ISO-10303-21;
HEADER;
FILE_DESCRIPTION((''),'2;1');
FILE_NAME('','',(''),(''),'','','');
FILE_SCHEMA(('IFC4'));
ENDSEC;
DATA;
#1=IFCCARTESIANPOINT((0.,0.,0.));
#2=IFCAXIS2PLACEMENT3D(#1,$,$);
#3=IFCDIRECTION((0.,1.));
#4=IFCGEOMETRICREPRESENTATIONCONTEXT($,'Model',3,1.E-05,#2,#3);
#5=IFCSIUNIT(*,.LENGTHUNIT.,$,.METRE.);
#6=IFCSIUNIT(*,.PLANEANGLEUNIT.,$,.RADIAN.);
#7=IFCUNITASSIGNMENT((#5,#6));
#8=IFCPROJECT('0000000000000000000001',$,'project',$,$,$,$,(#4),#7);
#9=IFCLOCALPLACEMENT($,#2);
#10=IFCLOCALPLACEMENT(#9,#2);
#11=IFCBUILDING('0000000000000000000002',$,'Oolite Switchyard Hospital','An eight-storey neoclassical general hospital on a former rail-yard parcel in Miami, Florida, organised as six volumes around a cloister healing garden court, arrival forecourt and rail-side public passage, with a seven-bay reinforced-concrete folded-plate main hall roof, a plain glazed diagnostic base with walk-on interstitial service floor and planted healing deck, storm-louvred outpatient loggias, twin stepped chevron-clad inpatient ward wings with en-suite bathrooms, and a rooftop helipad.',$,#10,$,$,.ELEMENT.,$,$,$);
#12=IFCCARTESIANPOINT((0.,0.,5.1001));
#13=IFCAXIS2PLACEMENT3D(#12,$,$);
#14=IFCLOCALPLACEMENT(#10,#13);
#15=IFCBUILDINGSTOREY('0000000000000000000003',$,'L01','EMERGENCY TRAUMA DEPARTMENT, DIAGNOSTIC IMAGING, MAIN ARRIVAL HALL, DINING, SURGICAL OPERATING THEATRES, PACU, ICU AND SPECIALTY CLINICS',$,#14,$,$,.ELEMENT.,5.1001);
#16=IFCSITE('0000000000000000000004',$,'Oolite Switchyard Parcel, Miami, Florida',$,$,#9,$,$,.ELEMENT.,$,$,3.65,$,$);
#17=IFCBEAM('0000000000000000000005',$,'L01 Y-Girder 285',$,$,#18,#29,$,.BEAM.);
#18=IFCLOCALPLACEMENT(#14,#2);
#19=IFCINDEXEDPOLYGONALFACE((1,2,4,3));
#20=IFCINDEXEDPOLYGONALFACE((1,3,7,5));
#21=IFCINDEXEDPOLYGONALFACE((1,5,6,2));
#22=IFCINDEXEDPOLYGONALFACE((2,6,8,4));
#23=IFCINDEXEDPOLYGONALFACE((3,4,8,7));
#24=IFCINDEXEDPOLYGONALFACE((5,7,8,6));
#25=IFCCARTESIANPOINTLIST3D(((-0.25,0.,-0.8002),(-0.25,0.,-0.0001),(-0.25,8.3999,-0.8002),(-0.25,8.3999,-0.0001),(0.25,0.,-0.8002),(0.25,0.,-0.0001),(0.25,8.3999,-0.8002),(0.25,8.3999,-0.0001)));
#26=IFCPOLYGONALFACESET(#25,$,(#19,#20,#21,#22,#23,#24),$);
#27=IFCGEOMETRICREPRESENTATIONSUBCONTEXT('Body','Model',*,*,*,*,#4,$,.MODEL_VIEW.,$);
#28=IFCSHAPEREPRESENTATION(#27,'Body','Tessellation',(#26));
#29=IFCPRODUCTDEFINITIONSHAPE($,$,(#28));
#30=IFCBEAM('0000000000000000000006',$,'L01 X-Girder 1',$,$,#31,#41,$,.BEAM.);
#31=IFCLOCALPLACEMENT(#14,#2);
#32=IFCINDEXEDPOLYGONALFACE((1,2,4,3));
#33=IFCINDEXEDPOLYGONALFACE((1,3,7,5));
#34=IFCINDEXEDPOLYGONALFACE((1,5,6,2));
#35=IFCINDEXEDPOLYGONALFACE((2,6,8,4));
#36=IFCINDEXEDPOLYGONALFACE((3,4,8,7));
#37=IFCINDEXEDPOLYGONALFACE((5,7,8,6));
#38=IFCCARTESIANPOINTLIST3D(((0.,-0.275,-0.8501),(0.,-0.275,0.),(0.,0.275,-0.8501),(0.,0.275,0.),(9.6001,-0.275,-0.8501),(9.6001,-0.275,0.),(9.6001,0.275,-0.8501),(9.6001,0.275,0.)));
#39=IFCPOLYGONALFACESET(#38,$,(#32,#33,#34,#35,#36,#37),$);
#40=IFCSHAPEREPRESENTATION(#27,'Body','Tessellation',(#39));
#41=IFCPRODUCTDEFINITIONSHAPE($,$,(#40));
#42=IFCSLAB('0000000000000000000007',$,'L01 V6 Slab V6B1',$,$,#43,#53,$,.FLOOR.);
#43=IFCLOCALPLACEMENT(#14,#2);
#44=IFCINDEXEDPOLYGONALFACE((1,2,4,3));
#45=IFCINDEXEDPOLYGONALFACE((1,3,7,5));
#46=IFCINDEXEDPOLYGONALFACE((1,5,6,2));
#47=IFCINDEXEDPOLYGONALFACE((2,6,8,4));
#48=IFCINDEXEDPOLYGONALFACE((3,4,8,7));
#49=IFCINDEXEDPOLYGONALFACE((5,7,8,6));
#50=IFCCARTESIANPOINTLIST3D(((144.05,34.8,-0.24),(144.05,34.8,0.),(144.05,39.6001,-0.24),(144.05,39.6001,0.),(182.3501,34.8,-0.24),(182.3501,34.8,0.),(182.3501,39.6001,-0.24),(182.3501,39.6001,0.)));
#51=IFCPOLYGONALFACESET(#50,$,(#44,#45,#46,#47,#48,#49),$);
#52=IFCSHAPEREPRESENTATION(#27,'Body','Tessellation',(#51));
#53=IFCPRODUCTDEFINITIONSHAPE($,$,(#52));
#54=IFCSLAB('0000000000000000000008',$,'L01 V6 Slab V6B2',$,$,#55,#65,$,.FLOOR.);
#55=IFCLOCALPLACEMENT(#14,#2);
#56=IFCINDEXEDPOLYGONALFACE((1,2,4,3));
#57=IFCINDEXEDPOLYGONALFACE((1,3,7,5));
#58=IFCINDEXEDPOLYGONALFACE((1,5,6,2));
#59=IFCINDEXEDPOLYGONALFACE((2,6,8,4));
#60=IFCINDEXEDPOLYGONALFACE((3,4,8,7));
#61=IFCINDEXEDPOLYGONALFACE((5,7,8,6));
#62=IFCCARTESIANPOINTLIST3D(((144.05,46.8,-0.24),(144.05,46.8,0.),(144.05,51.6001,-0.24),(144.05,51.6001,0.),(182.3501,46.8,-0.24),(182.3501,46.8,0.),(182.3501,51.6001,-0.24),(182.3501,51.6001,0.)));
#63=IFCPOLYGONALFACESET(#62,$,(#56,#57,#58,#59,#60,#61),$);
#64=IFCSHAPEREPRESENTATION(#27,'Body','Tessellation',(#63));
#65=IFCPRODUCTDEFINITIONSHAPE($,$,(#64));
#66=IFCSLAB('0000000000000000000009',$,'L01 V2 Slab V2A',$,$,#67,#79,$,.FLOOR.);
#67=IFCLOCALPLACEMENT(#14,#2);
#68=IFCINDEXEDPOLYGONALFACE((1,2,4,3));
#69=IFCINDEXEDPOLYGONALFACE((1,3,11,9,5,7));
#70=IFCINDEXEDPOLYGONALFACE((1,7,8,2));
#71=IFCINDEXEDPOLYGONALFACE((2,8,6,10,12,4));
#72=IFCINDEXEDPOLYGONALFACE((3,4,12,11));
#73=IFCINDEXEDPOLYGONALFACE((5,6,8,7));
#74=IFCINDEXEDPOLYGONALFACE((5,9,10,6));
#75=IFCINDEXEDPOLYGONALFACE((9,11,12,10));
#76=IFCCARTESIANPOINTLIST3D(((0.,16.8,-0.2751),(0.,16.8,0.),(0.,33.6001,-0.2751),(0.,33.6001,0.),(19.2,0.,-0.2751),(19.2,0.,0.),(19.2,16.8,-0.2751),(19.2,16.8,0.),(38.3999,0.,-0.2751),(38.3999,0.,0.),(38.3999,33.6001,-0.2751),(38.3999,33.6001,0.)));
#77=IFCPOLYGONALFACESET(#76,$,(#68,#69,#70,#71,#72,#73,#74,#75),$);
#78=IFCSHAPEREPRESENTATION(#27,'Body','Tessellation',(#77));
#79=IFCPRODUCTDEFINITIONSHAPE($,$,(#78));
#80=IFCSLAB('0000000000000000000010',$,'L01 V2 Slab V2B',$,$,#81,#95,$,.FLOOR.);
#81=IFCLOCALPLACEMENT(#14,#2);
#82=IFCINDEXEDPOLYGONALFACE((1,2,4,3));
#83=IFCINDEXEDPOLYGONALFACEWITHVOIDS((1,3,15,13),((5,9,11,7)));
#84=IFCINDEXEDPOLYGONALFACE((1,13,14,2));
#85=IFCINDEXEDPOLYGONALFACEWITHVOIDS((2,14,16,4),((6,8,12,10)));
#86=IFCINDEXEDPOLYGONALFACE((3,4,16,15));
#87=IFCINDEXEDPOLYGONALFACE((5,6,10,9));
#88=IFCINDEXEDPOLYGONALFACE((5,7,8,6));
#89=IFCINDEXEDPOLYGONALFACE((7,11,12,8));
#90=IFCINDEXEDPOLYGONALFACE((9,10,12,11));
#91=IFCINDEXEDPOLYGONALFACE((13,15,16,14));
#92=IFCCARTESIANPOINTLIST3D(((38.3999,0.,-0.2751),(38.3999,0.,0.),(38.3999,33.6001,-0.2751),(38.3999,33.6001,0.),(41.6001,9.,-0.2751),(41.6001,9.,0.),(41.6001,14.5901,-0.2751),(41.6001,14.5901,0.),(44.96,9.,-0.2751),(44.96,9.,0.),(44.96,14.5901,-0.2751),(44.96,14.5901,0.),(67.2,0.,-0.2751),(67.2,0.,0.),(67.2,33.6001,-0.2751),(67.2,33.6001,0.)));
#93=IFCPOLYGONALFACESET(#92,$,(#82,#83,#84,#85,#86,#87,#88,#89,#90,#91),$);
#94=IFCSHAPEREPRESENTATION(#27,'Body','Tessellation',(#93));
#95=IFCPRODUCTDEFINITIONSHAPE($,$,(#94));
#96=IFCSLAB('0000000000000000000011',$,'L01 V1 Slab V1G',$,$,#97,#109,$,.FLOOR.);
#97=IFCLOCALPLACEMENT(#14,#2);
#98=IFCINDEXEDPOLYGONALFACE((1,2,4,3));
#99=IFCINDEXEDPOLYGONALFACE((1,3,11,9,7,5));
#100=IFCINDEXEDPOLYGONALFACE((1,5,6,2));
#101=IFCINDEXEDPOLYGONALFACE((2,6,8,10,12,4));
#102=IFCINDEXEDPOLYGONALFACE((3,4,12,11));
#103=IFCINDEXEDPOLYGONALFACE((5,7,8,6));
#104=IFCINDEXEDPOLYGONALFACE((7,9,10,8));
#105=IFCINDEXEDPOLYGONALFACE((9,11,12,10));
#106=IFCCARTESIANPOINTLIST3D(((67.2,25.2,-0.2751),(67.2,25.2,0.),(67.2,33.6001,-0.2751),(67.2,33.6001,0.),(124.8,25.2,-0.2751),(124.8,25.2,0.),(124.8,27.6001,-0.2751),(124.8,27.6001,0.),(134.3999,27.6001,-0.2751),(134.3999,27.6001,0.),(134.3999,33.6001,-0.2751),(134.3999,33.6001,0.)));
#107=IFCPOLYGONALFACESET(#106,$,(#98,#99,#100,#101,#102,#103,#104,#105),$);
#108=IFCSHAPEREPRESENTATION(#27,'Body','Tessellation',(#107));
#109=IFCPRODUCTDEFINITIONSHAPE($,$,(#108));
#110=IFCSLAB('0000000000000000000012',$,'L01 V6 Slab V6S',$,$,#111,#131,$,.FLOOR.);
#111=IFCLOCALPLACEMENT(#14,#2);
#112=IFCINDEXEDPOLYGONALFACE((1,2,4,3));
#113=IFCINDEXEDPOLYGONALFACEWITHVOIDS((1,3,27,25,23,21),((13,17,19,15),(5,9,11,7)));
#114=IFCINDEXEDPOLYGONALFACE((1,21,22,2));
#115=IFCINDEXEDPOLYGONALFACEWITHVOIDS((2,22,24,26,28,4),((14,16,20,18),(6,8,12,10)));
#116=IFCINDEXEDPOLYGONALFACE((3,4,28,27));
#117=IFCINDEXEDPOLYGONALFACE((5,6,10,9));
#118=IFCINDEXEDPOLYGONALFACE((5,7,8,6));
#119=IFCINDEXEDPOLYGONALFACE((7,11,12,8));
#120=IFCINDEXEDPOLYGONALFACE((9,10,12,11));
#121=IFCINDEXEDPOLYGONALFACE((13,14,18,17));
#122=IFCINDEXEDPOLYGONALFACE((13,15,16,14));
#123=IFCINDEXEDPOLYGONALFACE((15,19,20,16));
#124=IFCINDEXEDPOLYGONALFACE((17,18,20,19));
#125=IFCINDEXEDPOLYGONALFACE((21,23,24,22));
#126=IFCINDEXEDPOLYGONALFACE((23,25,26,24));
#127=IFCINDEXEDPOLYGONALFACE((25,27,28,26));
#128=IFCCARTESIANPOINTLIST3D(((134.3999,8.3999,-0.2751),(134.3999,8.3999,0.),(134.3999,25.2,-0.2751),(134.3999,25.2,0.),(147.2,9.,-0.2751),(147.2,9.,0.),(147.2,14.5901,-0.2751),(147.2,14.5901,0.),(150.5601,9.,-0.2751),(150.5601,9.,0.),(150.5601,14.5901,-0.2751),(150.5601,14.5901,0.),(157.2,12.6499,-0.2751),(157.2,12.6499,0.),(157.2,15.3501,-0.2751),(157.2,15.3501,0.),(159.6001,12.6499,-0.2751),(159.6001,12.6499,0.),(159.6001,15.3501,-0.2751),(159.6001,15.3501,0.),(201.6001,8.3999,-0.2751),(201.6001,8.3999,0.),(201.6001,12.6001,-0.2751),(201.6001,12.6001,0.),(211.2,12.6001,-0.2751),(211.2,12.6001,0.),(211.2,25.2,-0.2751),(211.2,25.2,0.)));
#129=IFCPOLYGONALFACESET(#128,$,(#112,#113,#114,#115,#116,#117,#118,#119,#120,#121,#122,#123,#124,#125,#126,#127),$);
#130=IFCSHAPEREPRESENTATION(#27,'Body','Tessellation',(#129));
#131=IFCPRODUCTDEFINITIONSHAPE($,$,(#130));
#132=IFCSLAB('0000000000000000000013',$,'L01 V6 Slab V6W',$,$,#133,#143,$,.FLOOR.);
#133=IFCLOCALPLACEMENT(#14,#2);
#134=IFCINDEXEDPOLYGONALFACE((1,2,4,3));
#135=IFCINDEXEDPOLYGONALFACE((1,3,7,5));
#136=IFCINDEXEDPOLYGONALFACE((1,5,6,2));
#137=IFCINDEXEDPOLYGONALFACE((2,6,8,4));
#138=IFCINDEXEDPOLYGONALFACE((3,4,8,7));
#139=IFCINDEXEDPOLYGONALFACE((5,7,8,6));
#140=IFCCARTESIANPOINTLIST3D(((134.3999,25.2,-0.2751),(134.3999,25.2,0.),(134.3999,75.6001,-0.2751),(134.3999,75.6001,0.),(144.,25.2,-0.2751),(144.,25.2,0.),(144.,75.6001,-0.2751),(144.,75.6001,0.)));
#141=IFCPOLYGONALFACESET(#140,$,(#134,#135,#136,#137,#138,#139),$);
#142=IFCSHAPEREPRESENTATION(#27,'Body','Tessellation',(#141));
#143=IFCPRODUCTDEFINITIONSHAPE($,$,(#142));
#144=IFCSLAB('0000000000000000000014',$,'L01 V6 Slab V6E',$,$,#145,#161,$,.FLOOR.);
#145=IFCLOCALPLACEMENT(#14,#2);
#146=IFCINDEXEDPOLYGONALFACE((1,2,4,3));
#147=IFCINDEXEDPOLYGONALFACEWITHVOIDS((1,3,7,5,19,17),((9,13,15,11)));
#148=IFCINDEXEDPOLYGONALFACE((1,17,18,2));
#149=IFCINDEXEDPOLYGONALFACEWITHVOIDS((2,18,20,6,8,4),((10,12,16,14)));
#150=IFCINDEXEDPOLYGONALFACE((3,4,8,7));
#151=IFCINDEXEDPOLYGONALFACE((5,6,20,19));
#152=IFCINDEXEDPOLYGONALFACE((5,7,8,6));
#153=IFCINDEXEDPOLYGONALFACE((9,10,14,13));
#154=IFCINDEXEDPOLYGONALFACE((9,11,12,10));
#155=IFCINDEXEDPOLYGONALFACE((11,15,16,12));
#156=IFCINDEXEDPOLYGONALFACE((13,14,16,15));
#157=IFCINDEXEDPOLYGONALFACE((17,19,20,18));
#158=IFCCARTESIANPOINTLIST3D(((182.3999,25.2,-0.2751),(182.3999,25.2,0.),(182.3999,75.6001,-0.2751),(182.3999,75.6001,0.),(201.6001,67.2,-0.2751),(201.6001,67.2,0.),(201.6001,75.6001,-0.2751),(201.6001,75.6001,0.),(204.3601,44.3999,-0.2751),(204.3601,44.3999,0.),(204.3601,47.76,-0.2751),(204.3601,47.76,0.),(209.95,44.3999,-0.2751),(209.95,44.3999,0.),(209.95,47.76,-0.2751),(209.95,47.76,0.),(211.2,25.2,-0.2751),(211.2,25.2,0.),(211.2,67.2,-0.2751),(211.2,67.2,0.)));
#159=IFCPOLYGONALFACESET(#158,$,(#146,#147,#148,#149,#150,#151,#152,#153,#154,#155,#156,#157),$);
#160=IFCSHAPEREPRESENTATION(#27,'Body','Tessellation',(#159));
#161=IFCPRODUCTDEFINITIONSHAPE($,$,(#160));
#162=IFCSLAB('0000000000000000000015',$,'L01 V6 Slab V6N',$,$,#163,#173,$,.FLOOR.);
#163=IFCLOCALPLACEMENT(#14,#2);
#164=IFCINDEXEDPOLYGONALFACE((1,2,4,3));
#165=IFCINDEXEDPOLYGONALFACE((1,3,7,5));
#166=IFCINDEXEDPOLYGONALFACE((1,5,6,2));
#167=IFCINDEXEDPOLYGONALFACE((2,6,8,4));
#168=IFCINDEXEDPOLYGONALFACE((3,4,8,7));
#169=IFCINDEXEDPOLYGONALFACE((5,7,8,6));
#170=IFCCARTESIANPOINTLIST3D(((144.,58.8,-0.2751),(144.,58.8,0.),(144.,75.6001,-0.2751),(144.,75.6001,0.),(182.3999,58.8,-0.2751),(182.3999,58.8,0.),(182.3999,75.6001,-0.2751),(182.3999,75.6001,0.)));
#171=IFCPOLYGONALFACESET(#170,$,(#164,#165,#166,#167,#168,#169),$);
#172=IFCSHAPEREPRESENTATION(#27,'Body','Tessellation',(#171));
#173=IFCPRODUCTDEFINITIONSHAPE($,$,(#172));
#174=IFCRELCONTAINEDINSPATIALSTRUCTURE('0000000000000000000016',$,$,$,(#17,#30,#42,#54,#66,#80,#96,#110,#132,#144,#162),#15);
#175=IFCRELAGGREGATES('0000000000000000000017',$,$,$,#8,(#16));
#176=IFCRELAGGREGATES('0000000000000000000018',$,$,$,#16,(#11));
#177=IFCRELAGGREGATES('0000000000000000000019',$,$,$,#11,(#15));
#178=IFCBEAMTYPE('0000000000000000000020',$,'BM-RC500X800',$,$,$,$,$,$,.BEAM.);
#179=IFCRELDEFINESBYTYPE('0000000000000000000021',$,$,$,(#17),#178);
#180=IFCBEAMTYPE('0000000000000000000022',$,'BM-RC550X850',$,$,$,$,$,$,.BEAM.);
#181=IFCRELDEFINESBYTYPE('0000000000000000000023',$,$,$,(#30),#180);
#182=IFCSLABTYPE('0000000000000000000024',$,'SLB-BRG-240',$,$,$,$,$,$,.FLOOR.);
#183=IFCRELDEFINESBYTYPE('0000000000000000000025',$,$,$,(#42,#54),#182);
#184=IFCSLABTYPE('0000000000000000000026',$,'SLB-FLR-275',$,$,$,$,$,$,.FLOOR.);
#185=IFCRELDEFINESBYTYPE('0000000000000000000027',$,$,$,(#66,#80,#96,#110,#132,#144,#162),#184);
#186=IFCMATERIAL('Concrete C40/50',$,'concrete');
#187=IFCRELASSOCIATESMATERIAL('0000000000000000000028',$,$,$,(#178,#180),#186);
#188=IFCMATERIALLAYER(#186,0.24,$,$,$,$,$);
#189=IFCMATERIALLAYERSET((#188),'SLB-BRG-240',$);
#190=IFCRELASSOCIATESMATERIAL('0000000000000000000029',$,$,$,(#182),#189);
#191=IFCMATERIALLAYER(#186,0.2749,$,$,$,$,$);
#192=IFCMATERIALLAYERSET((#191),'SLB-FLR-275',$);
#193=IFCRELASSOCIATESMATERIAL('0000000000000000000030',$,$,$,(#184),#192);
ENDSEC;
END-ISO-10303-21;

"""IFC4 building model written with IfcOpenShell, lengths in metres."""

from ifc_helpers import new_model, si_unit, direction, frame, origin, origin_2d, place, context, subcontext, project, spatial, polyline, rectangle, outline, extrude, material, layer, layer_set, material_profile, profile_set, type_object, element, save


model = new_model("IFC4")

# Units and contexts
model_context = context("Model", 3, precision=1e-05, world=origin(), true_north=direction((0.0, 1.0)))
body_context = subcontext(model_context, "Body", "Model", "MODEL_VIEW")
ifc_project = project(units=[si_unit("LENGTHUNIT", "METRE"), si_unit("PLANEANGLEUNIT", "RADIAN")], contexts=[model_context])

# Site, building, storey
site_placement = place(None, origin())
site = spatial("IfcSite", under=ifc_project, at=site_placement, Name="Oolite Switchyard Parcel, Miami, Florida", CompositionType="ELEMENT", RefElevation=3.65)
building_placement = place(site_placement, origin())
building = spatial("IfcBuilding", under=site, at=building_placement, Name="Oolite Switchyard Hospital", Description="An eight-storey neoclassical general hospital on a former rail-yard parcel in Miami, Florida, organised as six volumes around a cloister healing garden court, arrival forecourt and rail-side public passage, with a seven-bay reinforced-concrete folded-plate main hall roof, a plain glazed diagnostic base with walk-on interstitial service floor and planted healing deck, storm-louvred outpatient loggias, twin stepped chevron-clad inpatient ward wings with en-suite bathrooms, and a rooftop helipad.", CompositionType="ELEMENT")
storey_placement = place(building_placement, frame((0.0, 0.0, 5.1001)))
storey = spatial("IfcBuildingStorey", under=building, at=storey_placement, Name="L01", Description="EMERGENCY TRAUMA DEPARTMENT, DIAGNOSTIC IMAGING, MAIN ARRIVAL HALL, DINING, SURGICAL OPERATING THEATRES, PACU, ICU AND SPECIALTY CLINICS", CompositionType="ELEMENT", Elevation=5.1001)

# Beams
ifc_material_1 = material(Name="Concrete C40/50", Category="concrete")
ifc_material_profile_1 = material_profile(ifc_material_1, rectangle(XDim=0.5, YDim=0.8, at=origin_2d()), Name="RCB500X800")
ifc_profile_set_1 = profile_set([ifc_material_profile_1], Name="Concrete C40/50")
beam_type_1 = type_object("IfcBeamType", Name="BM-RC500X800", PredefinedType="BEAM", material=ifc_profile_set_1)
beam_1_placement = place(storey_placement, frame((0.0, 0.0, -0.4001), z_axis=(0.0, 1.0, 0.0), x_axis=(-1.0, 0.0, 0.0)))
element("IfcBeam", 1, at=beam_1_placement, inside=storey, type_object=beam_type_1, Name="L01 Y-Girder 285", PredefinedType="BEAM", context=body_context, shape_type="SweptSolid", body=[
    extrude(rectangle(XDim=0.5, YDim=0.8, at=origin_2d()), origin(), (0.0, 0.0, 1.0), 8.3999),
])
ifc_material_profile_2 = material_profile(ifc_material_1, rectangle(XDim=0.55, YDim=0.8501, at=origin_2d()), Name="RCB550X850")
ifc_profile_set_2 = profile_set([ifc_material_profile_2], Name="Concrete C40/50")
beam_type_2 = type_object("IfcBeamType", Name="BM-RC550X850", PredefinedType="BEAM", material=ifc_profile_set_2)
beam_2_placement = place(storey_placement, frame((0.0, 0.0, -0.425), z_axis=(1.0, 0.0, 0.0), x_axis=(0.0, 1.0, 0.0)))
element("IfcBeam", 2, at=beam_2_placement, inside=storey, type_object=beam_type_2, Name="L01 X-Girder 1", PredefinedType="BEAM", context=body_context, shape_type="SweptSolid", body=[
    extrude(rectangle(XDim=0.55, YDim=0.8501, at=origin_2d()), origin(), (0.0, 0.0, 1.0), 9.6001),
])

# Slabs
ifc_layer_1 = layer(ifc_material_1, 0.24)
ifc_layer_set_1 = layer_set([ifc_layer_1], Name="SLB-BRG-240")
slab_type_1 = type_object("IfcSlabType", Name="SLB-BRG-240", PredefinedType="FLOOR", material=ifc_layer_set_1)
slab_1_placement = place(storey_placement, frame((0.0, 0.0, -0.24)))
element("IfcSlab", 3, at=slab_1_placement, inside=storey, type_object=slab_type_1, Name="L01 V6 Slab V6B1", PredefinedType="FLOOR", context=body_context, shape_type="SweptSolid", body=[
    extrude(outline(polyline([(144.05, 34.8), (182.3501, 34.8), (182.3501, 39.6001), (144.05, 39.6001), (144.05, 34.8)])), origin(), (0.0, 0.0, 1.0), 0.24),
])
slab_2_placement = place(storey_placement, frame((0.0, 0.0, -0.24)))
element("IfcSlab", 4, at=slab_2_placement, inside=storey, type_object=slab_type_1, Name="L01 V6 Slab V6B2", PredefinedType="FLOOR", context=body_context, shape_type="SweptSolid", body=[
    extrude(outline(polyline([(144.05, 46.8), (182.3501, 46.8), (182.3501, 51.6001), (144.05, 51.6001), (144.05, 46.8)])), origin(), (0.0, 0.0, 1.0), 0.24),
])
ifc_layer_2 = layer(ifc_material_1, 0.2749)
ifc_layer_set_2 = layer_set([ifc_layer_2], Name="SLB-FLR-275")
slab_type_2 = type_object("IfcSlabType", Name="SLB-FLR-275", PredefinedType="FLOOR", material=ifc_layer_set_2)
slab_3_placement = place(storey_placement, frame((0.0, 0.0, -0.2751)))
element("IfcSlab", 5, at=slab_3_placement, inside=storey, type_object=slab_type_2, Name="L01 V2 Slab V2A", PredefinedType="FLOOR", context=body_context, shape_type="SweptSolid", body=[
    extrude(outline(polyline([(19.2, 0.0), (38.3999, 0.0), (38.3999, 33.6001), (0.0, 33.6001), (0.0, 16.8), (19.2, 16.8), (19.2, 0.0)])), origin(), (0.0, 0.0, 1.0), 0.2751),
])
slab_4_placement = place(storey_placement, frame((0.0, 0.0, -0.2751)))
element("IfcSlab", 6, at=slab_4_placement, inside=storey, type_object=slab_type_2, Name="L01 V2 Slab V2B", PredefinedType="FLOOR", context=body_context, shape_type="SweptSolid", body=[
    extrude(outline(polyline([(38.3999, 0.0), (67.2, 0.0), (67.2, 33.6001), (38.3999, 33.6001), (38.3999, 0.0)]), holes=[polyline([(41.6001, 14.5901), (41.6001, 9.0), (44.96, 9.0), (44.96, 14.5901), (41.6001, 14.5901)])]), origin(), (0.0, 0.0, 1.0), 0.2751),
])
slab_5_placement = place(storey_placement, frame((0.0, 0.0, -0.2751)))
element("IfcSlab", 7, at=slab_5_placement, inside=storey, type_object=slab_type_2, Name="L01 V1 Slab V1G", PredefinedType="FLOOR", context=body_context, shape_type="SweptSolid", body=[
    extrude(outline(polyline([(67.2, 25.2), (124.8, 25.2), (124.8, 27.6001), (134.3999, 27.6001), (134.3999, 33.6001), (67.2, 33.6001), (67.2, 25.2)])), origin(), (0.0, 0.0, 1.0), 0.2751),
])
slab_6_placement = place(storey_placement, frame((0.0, 0.0, -0.2751)))
element("IfcSlab", 8, at=slab_6_placement, inside=storey, type_object=slab_type_2, Name="L01 V6 Slab V6S", PredefinedType="FLOOR", context=body_context, shape_type="SweptSolid", body=[
    extrude(outline(polyline([(134.3999, 8.3999), (201.6001, 8.3999), (201.6001, 12.6001), (211.2, 12.6001), (211.2, 25.2), (134.3999, 25.2), (134.3999, 8.3999)]), holes=[polyline([(147.2, 14.5901), (147.2, 9.0), (150.5601, 9.0), (150.5601, 14.5901), (147.2, 14.5901)]), polyline([(157.2, 12.6499), (159.6001, 12.6499), (159.6001, 15.3501), (157.2, 15.3501), (157.2, 12.6499)])]), origin(), (0.0, 0.0, 1.0), 0.2751),
])
slab_7_placement = place(storey_placement, frame((0.0, 0.0, -0.2751)))
element("IfcSlab", 9, at=slab_7_placement, inside=storey, type_object=slab_type_2, Name="L01 V6 Slab V6W", PredefinedType="FLOOR", context=body_context, shape_type="SweptSolid", body=[
    extrude(outline(polyline([(134.3999, 25.2), (144.0, 25.2), (144.0, 75.6001), (134.3999, 75.6001), (134.3999, 25.2)])), origin(), (0.0, 0.0, 1.0), 0.2751),
])
slab_8_placement = place(storey_placement, frame((0.0, 0.0, -0.2751)))
element("IfcSlab", 10, at=slab_8_placement, inside=storey, type_object=slab_type_2, Name="L01 V6 Slab V6E", PredefinedType="FLOOR", context=body_context, shape_type="SweptSolid", body=[
    extrude(outline(polyline([(182.3999, 25.2), (211.2, 25.2), (211.2, 67.2), (201.6001, 67.2), (201.6001, 75.6001), (182.3999, 75.6001), (182.3999, 25.2)]), holes=[polyline([(204.3601, 44.3999), (209.95, 44.3999), (209.95, 47.76), (204.3601, 47.76), (204.3601, 44.3999)])]), origin(), (0.0, 0.0, 1.0), 0.2751),
])
slab_9_placement = place(storey_placement, frame((0.0, 0.0, -0.2751)))
element("IfcSlab", 11, at=slab_9_placement, inside=storey, type_object=slab_type_2, Name="L01 V6 Slab V6N", PredefinedType="FLOOR", context=body_context, shape_type="SweptSolid", body=[
    extrude(outline(polyline([(144.0, 58.8), (182.3999, 58.8), (182.3999, 75.6001), (144.0, 75.6001), (144.0, 58.8)])), origin(), (0.0, 0.0, 1.0), 0.2751),
])

save(model, "model.ifc")
